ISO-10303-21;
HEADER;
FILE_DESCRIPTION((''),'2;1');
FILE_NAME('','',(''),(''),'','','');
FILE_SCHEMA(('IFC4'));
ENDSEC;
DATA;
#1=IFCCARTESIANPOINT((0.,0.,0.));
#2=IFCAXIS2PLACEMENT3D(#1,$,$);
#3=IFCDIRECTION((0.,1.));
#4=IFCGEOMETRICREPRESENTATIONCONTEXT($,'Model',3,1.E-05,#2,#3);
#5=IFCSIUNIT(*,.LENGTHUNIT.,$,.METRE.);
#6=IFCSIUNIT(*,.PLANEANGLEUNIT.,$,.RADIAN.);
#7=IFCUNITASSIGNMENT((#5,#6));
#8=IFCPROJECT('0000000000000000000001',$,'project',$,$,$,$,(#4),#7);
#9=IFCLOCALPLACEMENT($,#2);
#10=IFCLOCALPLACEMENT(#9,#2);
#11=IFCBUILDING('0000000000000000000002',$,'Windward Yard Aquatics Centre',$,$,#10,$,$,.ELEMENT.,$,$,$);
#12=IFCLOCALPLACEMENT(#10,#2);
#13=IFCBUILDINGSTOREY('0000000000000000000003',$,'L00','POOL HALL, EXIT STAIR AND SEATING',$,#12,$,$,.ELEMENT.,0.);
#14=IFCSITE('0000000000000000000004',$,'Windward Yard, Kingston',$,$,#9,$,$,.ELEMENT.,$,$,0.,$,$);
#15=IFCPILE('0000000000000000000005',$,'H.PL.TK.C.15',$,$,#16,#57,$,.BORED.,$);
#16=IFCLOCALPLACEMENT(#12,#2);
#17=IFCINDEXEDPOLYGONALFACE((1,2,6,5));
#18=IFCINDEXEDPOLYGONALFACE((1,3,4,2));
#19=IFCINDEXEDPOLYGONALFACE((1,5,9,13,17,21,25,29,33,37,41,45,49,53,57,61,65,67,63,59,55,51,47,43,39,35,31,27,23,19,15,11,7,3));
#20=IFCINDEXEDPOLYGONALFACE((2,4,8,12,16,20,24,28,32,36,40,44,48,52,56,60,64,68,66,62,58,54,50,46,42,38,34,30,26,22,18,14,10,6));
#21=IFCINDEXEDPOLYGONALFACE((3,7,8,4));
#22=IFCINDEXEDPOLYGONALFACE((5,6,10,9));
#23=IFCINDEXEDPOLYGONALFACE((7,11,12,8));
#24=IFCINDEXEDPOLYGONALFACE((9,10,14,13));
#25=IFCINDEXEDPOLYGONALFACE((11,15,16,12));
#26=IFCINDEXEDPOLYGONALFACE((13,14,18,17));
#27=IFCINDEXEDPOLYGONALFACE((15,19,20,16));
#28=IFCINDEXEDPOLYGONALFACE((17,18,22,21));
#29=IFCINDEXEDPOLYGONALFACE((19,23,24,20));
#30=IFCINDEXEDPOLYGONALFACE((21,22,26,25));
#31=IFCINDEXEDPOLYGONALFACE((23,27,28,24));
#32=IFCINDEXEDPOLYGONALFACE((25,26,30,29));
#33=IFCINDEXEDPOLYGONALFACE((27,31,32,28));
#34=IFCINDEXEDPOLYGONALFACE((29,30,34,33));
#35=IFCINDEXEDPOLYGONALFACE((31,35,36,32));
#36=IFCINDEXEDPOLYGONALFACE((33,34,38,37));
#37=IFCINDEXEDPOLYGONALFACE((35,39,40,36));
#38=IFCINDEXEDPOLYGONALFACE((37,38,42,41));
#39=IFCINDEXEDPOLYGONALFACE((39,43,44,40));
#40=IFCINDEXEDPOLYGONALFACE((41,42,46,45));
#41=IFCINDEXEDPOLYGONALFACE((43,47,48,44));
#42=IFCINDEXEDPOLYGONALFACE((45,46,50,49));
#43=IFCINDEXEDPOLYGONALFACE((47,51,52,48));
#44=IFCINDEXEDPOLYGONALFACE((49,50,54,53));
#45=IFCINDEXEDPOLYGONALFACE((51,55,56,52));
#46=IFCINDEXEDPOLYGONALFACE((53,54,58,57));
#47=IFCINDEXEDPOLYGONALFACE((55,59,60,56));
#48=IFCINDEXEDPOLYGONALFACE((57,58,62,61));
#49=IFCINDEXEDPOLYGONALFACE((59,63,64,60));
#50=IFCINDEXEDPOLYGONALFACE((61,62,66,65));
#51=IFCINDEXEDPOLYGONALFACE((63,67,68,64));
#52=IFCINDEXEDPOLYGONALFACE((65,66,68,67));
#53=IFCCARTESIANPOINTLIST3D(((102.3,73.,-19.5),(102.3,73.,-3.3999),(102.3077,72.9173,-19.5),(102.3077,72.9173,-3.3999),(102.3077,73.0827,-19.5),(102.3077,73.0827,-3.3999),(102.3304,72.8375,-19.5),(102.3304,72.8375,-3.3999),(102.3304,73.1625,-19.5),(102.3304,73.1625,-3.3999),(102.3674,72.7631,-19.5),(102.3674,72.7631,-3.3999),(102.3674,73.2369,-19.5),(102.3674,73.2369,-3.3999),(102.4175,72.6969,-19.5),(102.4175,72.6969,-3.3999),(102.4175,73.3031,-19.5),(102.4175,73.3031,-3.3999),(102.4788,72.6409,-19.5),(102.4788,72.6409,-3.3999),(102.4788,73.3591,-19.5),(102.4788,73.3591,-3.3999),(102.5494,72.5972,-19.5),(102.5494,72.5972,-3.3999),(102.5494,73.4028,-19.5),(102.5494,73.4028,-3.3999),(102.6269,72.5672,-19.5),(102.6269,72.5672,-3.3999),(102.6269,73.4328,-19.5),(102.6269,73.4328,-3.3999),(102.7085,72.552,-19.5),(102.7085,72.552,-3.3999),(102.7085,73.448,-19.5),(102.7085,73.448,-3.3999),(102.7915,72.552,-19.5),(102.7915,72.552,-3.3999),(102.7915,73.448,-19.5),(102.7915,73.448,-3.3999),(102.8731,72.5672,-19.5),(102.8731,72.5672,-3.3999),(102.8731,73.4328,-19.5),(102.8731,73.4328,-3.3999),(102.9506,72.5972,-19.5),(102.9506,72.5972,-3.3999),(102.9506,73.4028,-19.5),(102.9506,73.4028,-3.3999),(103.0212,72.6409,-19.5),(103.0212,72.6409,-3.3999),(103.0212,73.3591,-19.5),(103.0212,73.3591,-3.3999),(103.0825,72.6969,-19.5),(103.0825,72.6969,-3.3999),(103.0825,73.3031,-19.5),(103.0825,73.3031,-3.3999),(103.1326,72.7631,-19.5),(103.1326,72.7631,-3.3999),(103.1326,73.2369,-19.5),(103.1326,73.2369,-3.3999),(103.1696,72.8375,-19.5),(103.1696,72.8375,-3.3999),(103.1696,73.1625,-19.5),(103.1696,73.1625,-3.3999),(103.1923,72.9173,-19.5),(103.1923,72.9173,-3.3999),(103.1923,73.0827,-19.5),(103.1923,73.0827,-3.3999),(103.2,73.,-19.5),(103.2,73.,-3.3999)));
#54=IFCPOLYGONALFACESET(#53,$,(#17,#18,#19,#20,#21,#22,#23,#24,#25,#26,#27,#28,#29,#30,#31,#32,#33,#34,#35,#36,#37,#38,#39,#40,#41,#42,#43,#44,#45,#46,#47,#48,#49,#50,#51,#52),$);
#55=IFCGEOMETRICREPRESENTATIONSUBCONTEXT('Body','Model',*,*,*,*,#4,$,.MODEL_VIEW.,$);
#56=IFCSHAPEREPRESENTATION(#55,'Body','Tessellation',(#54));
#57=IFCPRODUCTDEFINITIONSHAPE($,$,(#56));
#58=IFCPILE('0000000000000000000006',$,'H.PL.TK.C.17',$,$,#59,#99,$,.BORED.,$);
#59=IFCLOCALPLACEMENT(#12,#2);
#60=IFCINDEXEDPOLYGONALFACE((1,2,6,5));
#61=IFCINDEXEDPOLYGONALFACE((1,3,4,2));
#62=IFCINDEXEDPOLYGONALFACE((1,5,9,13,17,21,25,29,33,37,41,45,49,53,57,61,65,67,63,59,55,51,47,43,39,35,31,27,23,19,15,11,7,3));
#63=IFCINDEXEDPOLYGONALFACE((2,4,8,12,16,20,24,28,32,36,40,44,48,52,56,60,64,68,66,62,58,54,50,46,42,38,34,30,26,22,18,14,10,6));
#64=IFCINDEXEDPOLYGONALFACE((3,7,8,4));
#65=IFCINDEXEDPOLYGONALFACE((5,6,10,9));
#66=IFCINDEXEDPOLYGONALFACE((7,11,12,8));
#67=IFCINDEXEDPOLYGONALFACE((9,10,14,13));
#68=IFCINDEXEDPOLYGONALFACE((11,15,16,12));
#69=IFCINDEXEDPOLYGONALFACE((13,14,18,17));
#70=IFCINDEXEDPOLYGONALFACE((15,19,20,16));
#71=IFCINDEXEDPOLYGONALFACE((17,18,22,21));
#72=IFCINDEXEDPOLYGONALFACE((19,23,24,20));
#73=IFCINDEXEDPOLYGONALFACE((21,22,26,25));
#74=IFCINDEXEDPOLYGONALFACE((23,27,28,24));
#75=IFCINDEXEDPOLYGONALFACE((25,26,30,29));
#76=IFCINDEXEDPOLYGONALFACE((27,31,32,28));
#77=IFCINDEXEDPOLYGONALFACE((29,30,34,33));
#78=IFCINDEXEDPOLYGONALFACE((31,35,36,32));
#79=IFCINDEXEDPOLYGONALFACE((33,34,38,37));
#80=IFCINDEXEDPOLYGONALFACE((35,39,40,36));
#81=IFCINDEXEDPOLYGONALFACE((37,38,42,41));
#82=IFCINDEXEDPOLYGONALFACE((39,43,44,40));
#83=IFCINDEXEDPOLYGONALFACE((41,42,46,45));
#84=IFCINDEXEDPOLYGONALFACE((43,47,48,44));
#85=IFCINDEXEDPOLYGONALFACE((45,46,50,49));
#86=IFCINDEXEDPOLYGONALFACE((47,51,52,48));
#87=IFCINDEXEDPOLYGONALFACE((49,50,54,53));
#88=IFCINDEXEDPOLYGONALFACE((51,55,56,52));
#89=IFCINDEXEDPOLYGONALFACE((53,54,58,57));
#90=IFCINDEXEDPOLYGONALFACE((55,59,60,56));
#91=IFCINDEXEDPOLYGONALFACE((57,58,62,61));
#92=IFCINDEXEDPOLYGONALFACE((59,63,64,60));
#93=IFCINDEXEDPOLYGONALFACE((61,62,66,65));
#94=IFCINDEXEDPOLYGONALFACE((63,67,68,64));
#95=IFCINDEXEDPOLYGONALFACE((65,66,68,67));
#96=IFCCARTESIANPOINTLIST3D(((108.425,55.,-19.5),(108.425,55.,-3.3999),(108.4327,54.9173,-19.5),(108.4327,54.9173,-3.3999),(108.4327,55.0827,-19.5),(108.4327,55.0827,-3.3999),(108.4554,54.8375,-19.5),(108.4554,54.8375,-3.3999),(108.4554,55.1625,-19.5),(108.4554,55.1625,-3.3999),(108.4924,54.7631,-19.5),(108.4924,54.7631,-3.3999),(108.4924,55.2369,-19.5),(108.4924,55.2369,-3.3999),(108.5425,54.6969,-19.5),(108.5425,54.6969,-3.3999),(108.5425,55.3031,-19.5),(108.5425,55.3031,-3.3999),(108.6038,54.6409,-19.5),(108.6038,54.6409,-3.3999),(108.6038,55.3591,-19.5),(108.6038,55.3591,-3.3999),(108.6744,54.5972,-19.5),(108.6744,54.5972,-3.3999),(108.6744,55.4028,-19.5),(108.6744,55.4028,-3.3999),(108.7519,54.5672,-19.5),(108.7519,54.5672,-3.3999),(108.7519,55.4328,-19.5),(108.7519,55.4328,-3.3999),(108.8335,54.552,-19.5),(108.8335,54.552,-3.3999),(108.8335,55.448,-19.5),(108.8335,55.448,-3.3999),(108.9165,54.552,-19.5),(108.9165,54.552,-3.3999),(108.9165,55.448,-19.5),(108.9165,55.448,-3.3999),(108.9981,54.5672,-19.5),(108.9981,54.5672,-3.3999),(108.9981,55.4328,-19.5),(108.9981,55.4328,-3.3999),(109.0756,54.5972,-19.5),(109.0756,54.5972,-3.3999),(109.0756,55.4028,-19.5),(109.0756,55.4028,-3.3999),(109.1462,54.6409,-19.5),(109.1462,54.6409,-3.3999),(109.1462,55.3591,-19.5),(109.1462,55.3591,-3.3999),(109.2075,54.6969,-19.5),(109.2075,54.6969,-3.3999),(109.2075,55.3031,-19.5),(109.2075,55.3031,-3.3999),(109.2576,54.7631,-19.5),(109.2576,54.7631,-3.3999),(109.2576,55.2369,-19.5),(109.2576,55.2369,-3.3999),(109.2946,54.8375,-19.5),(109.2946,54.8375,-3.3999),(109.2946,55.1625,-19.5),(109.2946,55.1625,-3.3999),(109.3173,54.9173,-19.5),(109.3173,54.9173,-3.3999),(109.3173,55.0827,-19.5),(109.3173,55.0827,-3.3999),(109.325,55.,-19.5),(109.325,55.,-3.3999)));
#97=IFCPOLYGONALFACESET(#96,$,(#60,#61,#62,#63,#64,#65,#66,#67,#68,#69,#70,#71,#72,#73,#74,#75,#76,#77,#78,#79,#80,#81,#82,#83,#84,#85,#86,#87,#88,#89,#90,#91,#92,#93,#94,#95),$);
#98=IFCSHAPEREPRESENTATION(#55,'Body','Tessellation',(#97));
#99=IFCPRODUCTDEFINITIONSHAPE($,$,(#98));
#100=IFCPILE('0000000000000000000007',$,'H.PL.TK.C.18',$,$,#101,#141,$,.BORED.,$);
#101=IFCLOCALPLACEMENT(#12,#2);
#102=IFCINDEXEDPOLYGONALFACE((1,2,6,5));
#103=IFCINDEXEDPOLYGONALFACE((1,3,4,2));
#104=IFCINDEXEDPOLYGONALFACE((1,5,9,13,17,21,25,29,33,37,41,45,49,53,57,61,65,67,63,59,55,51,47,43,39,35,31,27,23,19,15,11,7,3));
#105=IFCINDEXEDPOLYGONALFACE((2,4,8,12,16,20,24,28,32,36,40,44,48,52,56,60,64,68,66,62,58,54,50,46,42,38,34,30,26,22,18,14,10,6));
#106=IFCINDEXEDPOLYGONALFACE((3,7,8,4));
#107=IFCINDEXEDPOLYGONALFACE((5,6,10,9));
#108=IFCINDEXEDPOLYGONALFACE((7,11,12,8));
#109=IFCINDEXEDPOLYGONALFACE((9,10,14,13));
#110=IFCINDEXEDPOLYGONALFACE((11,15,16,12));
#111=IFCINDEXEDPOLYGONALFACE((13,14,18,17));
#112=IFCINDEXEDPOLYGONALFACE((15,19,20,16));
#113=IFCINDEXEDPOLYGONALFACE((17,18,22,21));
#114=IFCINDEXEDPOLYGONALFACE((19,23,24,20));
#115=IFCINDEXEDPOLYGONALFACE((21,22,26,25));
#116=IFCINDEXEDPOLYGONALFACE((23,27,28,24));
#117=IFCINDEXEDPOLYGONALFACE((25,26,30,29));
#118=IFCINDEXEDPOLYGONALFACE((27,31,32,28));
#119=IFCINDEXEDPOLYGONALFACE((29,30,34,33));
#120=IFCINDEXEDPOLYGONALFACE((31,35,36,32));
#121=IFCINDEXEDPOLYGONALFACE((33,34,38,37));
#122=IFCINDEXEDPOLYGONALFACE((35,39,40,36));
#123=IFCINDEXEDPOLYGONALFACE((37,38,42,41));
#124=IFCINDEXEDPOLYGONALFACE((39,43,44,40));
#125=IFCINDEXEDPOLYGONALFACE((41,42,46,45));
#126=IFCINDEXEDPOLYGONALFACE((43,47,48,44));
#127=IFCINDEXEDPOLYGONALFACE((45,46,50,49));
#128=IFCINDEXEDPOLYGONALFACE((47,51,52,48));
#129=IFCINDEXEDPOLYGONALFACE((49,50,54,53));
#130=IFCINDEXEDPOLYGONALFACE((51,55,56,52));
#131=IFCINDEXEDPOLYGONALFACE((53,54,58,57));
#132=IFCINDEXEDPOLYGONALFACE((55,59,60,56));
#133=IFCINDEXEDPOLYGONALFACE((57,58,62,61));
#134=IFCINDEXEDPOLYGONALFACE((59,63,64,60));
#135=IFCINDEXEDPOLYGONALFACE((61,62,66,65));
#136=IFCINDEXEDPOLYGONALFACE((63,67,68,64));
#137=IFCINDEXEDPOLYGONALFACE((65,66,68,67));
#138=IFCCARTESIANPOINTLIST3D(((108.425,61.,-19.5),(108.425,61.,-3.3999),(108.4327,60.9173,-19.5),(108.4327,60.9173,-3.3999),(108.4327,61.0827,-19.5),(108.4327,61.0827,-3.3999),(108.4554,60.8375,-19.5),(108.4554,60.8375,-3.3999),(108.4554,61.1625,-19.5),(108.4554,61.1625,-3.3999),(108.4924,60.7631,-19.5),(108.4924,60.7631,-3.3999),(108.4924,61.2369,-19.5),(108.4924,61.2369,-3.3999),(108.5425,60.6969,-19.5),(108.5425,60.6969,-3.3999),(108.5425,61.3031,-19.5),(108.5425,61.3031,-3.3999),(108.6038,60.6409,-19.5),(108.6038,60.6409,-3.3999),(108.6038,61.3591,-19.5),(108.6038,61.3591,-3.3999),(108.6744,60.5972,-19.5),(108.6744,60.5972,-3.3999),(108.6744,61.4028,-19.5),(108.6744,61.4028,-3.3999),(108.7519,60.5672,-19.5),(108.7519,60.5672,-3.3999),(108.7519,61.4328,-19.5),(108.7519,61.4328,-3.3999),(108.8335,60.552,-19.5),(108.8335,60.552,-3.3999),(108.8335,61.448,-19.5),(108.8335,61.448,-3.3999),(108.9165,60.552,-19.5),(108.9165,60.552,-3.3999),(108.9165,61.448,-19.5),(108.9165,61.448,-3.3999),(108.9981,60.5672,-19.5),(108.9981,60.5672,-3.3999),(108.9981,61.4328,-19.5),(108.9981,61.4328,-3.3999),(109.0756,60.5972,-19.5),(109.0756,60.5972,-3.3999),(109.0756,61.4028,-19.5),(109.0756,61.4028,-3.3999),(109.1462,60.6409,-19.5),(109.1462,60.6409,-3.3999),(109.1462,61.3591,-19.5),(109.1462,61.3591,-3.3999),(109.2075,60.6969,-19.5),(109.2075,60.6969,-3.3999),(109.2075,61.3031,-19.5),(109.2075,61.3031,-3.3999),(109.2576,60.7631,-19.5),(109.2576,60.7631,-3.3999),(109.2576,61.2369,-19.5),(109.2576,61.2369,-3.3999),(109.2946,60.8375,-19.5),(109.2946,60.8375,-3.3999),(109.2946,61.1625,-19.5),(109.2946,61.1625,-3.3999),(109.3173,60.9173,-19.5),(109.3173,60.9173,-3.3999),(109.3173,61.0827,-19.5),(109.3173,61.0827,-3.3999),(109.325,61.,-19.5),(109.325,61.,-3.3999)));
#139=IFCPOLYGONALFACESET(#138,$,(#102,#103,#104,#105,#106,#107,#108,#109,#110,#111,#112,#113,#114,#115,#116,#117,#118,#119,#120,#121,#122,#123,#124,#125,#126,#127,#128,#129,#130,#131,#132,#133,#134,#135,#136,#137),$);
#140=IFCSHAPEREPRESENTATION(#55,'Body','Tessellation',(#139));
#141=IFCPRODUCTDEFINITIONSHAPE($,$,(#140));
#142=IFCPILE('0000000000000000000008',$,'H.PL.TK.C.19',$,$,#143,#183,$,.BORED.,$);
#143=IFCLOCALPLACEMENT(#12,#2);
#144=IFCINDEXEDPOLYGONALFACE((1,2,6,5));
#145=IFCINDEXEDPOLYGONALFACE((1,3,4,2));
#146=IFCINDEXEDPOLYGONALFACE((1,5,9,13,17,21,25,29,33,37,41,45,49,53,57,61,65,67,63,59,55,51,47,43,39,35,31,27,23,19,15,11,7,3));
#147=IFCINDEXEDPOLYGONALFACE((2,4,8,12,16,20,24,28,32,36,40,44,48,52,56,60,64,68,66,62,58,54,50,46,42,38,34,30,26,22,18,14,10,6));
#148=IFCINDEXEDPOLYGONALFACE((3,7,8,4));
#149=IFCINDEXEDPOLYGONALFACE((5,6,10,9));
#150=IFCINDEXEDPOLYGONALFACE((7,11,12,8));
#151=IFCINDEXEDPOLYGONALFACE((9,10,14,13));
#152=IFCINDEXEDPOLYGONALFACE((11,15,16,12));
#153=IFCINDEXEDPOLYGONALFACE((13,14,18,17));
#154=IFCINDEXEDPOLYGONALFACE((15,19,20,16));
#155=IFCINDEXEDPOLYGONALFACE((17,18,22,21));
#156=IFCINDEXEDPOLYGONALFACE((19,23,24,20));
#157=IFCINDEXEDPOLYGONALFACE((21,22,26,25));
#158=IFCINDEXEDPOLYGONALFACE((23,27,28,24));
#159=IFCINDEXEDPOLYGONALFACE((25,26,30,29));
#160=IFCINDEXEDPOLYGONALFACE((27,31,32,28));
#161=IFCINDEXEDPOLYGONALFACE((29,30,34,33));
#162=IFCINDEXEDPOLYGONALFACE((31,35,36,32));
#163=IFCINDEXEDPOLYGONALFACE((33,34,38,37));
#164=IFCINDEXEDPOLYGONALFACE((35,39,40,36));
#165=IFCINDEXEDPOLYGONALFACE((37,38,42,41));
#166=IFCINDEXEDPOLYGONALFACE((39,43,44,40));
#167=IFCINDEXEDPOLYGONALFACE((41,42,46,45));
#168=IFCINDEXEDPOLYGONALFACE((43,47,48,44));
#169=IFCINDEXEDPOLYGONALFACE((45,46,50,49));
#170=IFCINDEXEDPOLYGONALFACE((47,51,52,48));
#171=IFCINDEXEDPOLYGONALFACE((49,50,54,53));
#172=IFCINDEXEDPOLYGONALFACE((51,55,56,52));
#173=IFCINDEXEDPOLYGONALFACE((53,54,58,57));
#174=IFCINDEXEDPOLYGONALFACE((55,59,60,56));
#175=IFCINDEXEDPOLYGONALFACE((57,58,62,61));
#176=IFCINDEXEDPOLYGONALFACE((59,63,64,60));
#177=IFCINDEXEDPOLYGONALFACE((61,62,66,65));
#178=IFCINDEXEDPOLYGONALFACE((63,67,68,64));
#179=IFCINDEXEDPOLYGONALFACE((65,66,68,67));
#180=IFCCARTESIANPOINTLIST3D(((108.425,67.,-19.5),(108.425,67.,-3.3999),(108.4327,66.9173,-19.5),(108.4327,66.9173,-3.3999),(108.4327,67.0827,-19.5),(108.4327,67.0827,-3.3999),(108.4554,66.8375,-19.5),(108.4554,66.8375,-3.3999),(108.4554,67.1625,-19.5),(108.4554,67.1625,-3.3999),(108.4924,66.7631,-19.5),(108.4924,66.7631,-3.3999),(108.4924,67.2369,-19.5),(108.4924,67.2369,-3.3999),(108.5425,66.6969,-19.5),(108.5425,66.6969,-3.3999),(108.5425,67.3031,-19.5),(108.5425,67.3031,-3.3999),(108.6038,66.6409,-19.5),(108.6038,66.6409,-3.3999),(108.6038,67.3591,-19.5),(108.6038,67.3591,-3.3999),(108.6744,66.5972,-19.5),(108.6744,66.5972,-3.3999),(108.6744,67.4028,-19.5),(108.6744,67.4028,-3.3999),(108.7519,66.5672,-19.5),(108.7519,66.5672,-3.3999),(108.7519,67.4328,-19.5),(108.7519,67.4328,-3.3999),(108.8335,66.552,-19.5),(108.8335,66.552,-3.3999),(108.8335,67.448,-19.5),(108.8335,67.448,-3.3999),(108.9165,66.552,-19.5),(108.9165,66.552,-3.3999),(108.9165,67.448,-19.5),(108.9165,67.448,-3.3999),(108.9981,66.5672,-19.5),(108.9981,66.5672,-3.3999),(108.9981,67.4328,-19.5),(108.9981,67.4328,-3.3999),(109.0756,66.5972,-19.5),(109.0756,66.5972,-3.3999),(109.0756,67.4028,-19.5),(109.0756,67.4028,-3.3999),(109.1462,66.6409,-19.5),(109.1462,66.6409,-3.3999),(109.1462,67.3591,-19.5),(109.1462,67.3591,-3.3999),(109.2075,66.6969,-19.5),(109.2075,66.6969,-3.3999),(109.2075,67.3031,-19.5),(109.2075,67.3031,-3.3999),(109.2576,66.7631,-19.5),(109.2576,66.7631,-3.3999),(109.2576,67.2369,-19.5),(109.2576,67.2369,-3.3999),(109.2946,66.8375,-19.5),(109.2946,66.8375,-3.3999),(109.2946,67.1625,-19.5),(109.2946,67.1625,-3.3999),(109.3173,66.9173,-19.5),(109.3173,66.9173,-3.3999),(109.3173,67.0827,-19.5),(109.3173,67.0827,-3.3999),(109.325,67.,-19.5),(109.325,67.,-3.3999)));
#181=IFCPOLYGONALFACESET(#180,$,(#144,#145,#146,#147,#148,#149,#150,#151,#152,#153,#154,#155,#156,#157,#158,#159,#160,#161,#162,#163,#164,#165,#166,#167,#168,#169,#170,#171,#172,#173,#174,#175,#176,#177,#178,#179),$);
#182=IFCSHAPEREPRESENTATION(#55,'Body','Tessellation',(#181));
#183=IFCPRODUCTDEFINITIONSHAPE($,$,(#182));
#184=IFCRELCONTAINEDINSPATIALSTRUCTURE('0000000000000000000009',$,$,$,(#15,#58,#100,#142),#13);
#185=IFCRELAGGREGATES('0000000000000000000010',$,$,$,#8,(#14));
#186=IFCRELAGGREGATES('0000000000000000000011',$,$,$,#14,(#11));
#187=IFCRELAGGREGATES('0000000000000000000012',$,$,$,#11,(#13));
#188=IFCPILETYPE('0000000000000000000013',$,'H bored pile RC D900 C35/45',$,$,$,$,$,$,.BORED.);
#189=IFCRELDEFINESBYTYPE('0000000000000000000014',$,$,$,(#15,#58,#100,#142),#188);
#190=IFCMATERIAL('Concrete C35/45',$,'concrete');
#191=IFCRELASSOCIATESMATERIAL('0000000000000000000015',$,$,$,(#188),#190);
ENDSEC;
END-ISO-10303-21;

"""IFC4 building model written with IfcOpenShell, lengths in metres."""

from ifc_helpers import new_model, si_unit, direction, frame, origin, origin_2d, place, context, subcontext, project, spatial, circle, extrude, material, material_profile, profile_set, type_object, element, save


model = new_model("IFC4")

# Units and contexts
model_context = context("Model", 3, precision=1e-05, world=origin(), true_north=direction((0.0, 1.0)))
body_context = subcontext(model_context, "Body", "Model", "MODEL_VIEW")
ifc_project = project(units=[si_unit("LENGTHUNIT", "METRE"), si_unit("PLANEANGLEUNIT", "RADIAN")], contexts=[model_context])

# Site, building, storey
site_placement = place(None, origin())
site = spatial("IfcSite", under=ifc_project, at=site_placement, Name="Windward Yard, Kingston", CompositionType="ELEMENT", RefElevation=0.0)
building_placement = place(site_placement, origin())
building = spatial("IfcBuilding", under=site, at=building_placement, Name="Windward Yard Aquatics Centre", CompositionType="ELEMENT")
storey_placement = place(building_placement, origin())
storey = spatial("IfcBuildingStorey", under=building, at=storey_placement, Name="L00", Description="POOL HALL, EXIT STAIR AND SEATING", CompositionType="ELEMENT", Elevation=0.0)

# Piles
ifc_material_1 = material(Name="Concrete C35/45", Category="concrete")
ifc_material_profile_1 = material_profile(ifc_material_1, circle(Radius=0.45, at=origin_2d()), Name="RC D900")
ifc_profile_set_1 = profile_set([ifc_material_profile_1], Name="Concrete C35/45")
pile_type = type_object("IfcPileType", Name="H bored pile RC D900 C35/45", PredefinedType="BORED", material=ifc_profile_set_1)
for number, where, z_axis, x_axis, name in (
    (1, (102.75, 73.0, -3.3999), (0.0, 0.0, -1.0), (1.0, 0.0, 0.0), "H.PL.TK.C.15"),
    (2, (108.875, 55.0, -3.3999), (0.0, 0.0, -1.0), (1.0, 0.0, 0.0), "H.PL.TK.C.17"),
    (3, (108.875, 61.0, -3.3999), (0.0, 0.0, -1.0), (1.0, 0.0, 0.0), "H.PL.TK.C.18"),
    (4, (108.875, 67.0, -3.3999), (0.0, 0.0, -1.0), (1.0, 0.0, 0.0), "H.PL.TK.C.19"),
):
    element("IfcPile", number, at=place(storey_placement, frame(where, z_axis=z_axis, x_axis=x_axis)), inside=storey, type_object=pile_type, Name=name, PredefinedType="BORED", context=body_context, shape_type="SweptSolid", body=[
        extrude(circle(Radius=0.45, at=origin_2d()), origin(), (0.0, 0.0, 1.0), 16.1001),
    ])

save(model, "model.ifc")
